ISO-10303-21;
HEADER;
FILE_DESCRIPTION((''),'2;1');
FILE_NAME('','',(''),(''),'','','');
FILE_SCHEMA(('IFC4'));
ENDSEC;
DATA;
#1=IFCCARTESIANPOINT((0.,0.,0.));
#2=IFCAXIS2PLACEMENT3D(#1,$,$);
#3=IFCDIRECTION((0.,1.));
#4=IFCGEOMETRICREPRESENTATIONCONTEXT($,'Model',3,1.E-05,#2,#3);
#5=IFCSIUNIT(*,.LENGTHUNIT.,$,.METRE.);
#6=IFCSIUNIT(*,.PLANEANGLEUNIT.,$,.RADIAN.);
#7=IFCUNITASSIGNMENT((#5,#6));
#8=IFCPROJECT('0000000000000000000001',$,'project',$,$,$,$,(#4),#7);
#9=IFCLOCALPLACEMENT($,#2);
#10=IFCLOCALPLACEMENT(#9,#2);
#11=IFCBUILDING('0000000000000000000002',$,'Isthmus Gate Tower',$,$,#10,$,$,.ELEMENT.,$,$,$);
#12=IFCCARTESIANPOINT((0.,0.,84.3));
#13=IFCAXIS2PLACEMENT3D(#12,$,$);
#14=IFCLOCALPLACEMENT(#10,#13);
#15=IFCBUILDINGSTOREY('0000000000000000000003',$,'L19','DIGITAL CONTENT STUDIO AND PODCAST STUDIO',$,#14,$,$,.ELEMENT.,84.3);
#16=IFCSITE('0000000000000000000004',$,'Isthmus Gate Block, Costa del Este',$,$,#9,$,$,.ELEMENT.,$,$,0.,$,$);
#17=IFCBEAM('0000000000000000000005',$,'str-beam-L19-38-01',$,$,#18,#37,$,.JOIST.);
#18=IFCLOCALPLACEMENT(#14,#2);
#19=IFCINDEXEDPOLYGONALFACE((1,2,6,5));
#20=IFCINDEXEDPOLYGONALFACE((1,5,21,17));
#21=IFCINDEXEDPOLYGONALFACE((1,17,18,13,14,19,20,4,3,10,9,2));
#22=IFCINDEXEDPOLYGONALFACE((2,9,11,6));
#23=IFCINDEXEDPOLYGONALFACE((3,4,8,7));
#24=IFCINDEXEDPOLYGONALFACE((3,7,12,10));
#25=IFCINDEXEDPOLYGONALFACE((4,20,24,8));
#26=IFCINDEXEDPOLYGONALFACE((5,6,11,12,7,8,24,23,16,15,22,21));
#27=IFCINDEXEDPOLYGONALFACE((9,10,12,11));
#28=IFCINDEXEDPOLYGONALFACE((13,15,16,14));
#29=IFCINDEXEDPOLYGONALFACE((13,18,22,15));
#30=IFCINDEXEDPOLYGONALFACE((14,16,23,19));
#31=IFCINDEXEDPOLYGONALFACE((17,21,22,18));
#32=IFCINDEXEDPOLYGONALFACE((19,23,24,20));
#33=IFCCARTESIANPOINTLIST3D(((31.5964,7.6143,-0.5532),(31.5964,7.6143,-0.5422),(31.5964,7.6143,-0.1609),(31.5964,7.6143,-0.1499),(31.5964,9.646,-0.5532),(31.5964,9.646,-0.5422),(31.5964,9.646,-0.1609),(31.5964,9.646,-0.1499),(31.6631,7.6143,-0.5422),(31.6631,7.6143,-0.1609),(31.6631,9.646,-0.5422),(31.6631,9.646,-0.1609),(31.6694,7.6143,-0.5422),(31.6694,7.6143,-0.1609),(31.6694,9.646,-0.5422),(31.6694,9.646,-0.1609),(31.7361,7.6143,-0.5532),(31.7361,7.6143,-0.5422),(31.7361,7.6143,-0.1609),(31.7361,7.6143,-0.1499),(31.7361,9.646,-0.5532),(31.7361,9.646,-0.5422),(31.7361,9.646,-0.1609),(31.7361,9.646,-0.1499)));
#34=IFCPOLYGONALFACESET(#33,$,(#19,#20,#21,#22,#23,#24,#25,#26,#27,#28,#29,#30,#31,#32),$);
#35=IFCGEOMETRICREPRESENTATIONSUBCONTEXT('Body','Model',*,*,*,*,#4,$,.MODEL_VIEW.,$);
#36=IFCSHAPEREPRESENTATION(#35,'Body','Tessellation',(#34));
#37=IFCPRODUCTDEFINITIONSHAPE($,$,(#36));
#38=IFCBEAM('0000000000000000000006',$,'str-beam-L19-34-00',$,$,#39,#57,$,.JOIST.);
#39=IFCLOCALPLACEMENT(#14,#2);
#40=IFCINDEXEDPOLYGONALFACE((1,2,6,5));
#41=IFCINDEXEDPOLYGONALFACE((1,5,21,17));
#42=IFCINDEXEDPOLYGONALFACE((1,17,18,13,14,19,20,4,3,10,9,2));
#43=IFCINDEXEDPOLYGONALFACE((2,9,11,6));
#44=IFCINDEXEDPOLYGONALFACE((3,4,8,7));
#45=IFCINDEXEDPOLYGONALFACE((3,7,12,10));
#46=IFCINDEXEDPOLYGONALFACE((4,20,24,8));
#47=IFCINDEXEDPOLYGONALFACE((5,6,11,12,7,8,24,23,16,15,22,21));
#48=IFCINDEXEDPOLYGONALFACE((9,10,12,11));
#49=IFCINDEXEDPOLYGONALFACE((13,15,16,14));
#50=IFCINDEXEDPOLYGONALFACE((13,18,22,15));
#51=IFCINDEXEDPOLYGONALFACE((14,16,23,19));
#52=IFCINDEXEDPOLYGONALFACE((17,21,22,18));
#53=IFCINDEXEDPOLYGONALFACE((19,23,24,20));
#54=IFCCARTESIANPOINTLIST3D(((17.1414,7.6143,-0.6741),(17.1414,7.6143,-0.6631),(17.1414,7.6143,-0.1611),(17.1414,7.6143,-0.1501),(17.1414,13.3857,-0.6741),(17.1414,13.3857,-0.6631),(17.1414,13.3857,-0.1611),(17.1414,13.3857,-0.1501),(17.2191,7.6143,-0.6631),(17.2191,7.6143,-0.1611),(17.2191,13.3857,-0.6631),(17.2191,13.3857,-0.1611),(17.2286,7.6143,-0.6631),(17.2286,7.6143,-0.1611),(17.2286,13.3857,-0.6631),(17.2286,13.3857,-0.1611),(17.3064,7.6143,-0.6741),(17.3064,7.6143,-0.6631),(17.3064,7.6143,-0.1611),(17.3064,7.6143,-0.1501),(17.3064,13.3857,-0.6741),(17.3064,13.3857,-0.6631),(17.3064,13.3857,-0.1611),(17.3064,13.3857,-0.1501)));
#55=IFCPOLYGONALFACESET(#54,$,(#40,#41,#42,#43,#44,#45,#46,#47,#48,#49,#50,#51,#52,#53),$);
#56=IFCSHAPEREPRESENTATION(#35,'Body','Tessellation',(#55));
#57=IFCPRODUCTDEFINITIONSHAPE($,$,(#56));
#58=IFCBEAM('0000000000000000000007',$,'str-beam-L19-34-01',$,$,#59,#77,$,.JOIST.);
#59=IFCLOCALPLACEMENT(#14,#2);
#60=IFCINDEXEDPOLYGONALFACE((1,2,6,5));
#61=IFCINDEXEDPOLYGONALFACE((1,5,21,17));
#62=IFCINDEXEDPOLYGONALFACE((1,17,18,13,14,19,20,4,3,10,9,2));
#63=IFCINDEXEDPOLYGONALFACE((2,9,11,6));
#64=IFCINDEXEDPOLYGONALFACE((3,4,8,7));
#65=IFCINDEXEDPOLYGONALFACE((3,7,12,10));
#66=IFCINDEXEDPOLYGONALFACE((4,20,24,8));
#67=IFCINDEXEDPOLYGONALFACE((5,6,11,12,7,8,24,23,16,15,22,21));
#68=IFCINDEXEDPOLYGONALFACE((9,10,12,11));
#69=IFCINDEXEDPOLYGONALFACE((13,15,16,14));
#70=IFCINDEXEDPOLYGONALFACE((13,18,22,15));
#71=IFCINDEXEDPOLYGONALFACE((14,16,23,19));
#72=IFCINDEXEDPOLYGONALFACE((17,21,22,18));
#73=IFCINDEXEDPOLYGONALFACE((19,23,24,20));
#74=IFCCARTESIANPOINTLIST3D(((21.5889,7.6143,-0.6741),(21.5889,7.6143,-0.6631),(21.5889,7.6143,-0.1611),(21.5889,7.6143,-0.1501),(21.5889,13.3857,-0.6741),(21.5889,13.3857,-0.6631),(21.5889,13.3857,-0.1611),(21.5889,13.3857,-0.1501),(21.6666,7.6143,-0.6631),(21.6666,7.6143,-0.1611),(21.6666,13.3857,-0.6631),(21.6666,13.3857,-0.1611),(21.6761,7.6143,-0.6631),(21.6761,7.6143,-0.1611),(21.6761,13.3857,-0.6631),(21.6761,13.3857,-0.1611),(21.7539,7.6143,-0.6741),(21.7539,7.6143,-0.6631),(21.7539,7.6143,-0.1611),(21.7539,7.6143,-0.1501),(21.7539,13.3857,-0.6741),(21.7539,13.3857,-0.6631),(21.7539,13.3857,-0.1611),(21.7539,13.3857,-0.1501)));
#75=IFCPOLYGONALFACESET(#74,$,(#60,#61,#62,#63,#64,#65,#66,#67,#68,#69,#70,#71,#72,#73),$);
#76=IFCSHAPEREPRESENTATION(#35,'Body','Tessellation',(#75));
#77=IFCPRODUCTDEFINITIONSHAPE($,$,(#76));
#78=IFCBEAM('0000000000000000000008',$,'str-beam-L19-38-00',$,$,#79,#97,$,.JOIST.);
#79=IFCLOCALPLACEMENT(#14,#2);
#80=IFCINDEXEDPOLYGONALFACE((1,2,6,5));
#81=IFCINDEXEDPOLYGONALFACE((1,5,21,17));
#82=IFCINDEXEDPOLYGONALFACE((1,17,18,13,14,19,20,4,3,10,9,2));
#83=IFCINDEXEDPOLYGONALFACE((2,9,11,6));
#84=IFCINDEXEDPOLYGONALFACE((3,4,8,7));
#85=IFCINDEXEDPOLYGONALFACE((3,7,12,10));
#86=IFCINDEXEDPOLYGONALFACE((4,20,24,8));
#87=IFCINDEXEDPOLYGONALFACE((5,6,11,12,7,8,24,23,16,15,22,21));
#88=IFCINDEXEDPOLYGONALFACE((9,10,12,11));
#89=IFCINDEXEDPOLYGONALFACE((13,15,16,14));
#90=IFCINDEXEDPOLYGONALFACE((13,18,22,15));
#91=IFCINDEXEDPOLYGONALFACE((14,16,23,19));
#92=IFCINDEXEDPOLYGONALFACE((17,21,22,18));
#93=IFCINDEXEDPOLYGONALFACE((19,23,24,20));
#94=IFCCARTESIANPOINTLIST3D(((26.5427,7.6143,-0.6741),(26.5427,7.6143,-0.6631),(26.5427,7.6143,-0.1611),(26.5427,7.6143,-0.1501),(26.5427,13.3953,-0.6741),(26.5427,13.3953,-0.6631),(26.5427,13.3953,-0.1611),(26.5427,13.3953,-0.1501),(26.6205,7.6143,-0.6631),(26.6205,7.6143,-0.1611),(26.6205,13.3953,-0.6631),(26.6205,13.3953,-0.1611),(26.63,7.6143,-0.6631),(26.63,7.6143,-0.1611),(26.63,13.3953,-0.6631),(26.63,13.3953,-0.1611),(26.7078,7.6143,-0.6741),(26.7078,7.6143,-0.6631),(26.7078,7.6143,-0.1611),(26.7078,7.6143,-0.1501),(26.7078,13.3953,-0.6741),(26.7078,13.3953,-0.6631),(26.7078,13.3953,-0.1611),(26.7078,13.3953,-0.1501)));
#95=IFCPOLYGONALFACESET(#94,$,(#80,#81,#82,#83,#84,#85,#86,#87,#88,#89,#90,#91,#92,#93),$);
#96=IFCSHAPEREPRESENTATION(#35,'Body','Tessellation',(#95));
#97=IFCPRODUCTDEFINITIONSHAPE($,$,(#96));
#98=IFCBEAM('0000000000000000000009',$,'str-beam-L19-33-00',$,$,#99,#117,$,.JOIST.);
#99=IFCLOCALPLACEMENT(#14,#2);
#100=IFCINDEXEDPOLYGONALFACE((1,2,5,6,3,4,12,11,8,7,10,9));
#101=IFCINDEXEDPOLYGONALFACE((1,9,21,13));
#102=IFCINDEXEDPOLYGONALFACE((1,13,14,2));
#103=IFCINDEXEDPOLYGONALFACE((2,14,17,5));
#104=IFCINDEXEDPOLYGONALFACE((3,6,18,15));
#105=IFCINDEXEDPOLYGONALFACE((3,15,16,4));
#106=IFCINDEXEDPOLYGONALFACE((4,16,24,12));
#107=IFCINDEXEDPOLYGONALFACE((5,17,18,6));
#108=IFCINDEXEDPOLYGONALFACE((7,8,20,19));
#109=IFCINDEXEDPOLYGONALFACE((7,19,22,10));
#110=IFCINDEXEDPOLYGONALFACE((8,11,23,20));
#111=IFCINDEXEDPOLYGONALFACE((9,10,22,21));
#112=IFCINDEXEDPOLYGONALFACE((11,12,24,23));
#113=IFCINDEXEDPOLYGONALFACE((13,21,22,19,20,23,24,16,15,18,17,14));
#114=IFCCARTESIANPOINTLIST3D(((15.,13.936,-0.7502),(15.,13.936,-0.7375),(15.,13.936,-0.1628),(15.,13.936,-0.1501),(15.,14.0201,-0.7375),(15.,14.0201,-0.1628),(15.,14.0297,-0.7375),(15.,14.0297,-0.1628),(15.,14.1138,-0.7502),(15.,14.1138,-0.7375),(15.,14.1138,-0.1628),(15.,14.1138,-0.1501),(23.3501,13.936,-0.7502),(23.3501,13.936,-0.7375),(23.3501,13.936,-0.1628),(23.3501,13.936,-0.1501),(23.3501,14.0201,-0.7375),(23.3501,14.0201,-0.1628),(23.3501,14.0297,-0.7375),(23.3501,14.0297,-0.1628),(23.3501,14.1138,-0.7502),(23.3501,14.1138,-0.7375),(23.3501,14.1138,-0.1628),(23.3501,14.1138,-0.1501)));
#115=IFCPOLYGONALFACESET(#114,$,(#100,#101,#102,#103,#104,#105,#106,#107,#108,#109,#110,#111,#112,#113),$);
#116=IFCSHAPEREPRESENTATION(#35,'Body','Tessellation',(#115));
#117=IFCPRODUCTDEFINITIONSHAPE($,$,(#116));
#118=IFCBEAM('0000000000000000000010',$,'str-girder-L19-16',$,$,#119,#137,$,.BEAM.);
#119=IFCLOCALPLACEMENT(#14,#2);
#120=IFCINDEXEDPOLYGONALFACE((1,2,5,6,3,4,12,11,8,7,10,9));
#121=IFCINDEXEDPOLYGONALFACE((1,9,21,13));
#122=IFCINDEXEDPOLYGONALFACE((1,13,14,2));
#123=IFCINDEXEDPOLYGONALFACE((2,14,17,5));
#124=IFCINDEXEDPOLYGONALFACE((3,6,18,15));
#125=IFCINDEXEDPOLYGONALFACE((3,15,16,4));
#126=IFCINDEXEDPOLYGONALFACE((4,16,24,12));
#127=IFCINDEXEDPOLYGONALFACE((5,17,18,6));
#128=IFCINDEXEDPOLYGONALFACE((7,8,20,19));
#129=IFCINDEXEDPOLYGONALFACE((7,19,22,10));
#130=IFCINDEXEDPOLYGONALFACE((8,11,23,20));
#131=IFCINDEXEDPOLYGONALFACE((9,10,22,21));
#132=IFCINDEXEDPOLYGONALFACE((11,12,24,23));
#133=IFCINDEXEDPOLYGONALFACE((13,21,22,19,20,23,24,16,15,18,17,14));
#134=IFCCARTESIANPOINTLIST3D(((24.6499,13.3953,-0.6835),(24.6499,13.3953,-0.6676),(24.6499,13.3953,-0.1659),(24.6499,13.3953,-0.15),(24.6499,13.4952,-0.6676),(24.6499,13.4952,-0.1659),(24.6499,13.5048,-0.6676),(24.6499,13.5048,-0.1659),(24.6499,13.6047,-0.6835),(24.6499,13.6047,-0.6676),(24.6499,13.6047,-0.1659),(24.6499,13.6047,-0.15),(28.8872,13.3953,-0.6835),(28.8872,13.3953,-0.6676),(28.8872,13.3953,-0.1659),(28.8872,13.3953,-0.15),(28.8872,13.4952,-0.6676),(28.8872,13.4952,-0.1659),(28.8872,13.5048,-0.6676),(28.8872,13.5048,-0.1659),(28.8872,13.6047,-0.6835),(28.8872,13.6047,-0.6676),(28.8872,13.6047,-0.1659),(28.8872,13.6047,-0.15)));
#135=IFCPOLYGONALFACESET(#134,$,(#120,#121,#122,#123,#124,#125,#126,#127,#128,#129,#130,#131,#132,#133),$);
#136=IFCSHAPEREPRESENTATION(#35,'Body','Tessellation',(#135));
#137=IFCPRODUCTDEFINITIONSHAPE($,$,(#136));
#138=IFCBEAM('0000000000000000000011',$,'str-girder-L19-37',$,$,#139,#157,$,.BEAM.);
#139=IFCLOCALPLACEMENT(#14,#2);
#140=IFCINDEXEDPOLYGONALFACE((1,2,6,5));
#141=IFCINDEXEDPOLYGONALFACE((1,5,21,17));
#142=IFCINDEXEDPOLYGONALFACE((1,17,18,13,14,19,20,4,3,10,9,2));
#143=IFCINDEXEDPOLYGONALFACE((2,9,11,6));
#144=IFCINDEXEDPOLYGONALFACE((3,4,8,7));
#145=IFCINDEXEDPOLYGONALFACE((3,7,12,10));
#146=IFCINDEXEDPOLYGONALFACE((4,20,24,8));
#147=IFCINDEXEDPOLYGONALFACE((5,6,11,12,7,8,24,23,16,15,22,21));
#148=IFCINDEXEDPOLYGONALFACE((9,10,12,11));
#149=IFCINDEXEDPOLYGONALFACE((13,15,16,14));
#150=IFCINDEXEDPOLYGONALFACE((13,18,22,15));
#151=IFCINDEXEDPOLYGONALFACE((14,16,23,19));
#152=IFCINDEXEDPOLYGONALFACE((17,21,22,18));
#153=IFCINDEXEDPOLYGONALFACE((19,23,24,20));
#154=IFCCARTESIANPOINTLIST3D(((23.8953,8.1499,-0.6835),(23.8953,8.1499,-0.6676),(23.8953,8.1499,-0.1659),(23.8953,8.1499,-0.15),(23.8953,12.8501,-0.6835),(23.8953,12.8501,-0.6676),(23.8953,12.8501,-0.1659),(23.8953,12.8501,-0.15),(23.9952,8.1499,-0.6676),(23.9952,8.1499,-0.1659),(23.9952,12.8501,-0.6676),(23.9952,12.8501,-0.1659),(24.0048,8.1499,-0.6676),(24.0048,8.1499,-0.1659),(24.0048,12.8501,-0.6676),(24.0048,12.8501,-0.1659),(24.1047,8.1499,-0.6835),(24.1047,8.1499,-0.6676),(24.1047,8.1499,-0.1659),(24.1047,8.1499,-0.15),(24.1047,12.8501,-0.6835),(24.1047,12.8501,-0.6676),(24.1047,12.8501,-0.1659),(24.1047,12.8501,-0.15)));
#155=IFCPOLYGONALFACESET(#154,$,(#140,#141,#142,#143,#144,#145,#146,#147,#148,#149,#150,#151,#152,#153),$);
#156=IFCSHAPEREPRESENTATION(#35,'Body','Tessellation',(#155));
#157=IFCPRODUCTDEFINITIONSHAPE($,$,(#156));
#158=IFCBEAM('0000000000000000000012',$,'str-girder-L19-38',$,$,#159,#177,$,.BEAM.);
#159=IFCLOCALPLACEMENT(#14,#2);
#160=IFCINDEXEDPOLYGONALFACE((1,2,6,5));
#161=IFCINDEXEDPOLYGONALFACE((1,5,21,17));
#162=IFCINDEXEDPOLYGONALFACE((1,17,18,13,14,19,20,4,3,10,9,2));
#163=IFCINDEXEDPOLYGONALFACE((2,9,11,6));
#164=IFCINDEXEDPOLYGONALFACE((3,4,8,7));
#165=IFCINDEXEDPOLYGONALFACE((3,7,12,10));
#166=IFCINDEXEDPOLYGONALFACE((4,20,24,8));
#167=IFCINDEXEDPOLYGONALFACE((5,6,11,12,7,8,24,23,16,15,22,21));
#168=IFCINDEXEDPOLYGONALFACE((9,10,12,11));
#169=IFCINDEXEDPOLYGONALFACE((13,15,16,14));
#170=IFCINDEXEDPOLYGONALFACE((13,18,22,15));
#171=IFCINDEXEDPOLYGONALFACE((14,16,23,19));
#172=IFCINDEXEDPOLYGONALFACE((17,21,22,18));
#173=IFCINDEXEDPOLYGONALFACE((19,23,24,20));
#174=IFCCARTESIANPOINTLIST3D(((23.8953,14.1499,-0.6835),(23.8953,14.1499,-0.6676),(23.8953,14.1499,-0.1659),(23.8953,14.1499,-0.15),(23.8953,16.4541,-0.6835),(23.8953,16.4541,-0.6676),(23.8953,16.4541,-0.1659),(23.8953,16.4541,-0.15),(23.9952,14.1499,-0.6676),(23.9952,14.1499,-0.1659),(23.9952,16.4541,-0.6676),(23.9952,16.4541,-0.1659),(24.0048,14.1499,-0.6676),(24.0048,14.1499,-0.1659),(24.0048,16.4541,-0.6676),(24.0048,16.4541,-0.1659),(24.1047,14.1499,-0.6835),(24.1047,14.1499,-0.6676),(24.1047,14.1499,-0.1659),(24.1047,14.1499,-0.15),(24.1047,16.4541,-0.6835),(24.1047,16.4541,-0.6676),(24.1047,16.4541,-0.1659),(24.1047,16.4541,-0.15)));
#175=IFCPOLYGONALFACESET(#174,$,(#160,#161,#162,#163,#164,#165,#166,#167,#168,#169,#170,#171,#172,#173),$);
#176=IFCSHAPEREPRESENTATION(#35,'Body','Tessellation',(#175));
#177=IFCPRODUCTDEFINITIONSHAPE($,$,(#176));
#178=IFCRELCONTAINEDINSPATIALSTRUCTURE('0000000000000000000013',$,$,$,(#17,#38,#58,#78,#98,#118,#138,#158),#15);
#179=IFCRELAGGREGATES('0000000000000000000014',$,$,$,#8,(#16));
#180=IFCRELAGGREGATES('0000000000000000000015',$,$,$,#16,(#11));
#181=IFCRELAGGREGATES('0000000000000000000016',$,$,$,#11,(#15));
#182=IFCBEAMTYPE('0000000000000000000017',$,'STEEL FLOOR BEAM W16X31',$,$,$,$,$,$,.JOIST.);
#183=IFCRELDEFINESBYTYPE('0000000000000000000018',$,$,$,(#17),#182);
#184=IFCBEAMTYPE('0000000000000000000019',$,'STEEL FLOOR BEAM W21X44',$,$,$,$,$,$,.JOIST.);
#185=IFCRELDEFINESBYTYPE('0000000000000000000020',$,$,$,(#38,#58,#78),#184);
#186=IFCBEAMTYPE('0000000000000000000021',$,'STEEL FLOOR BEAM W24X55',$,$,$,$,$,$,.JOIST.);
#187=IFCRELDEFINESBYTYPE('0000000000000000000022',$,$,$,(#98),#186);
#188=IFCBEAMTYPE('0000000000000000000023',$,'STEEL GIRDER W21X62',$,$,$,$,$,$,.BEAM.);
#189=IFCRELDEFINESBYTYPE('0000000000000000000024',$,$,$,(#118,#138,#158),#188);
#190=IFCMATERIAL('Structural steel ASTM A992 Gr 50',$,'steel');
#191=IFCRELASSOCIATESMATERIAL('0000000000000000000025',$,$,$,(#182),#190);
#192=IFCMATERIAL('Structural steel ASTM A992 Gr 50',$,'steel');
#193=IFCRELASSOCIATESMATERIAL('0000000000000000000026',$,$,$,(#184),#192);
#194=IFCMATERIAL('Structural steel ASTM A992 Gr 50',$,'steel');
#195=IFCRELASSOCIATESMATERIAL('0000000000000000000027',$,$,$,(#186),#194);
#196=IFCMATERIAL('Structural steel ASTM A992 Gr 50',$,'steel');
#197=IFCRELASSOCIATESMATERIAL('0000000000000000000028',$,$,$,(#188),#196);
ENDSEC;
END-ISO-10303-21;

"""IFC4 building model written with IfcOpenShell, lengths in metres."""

from ifc_helpers import new_model, si_unit, direction, frame, origin, origin_2d, place, context, subcontext, project, spatial, i_section, extrude, material, material_profile, profile_set, type_object, element, save


model = new_model("IFC4")

# Units and contexts
model_context = context("Model", 3, precision=1e-05, world=origin(), true_north=direction((0.0, 1.0)))
body_context = subcontext(model_context, "Body", "Model", "MODEL_VIEW")
ifc_project = project(units=[si_unit("LENGTHUNIT", "METRE"), si_unit("PLANEANGLEUNIT", "RADIAN")], contexts=[model_context])

# Site, building, storey
site_placement = place(None, origin())
site = spatial("IfcSite", under=ifc_project, at=site_placement, Name="Isthmus Gate Block, Costa del Este", CompositionType="ELEMENT", RefElevation=0.0)
building_placement = place(site_placement, origin())
building = spatial("IfcBuilding", under=site, at=building_placement, Name="Isthmus Gate Tower", CompositionType="ELEMENT")
storey_placement = place(building_placement, frame((0.0, 0.0, 84.3)))
storey = spatial("IfcBuildingStorey", under=building, at=storey_placement, Name="L19", Description="DIGITAL CONTENT STUDIO AND PODCAST STUDIO", CompositionType="ELEMENT", Elevation=84.3)

# Beams
ifc_material_1 = material(Name="Structural steel ASTM A992 Gr 50", Category="steel")
ifc_material_profile_1 = material_profile(ifc_material_1, i_section(OverallWidth=0.1396, OverallDepth=0.4033, WebThickness=0.0063, FlangeThickness=0.011, at=origin_2d()), Name="W16X31")
ifc_profile_set_1 = profile_set([ifc_material_profile_1], Name="Structural steel ASTM A992 Gr 50")
beam_type_1 = type_object("IfcBeamType", Name="STEEL FLOOR BEAM W16X31", PredefinedType="JOIST", material=ifc_profile_set_1)
beam_1_placement = place(storey_placement, frame((31.6663, 7.6143, -0.3516), z_axis=(0.0, 1.0, 0.0), x_axis=(-1.0, 0.0, 0.0)))
element("IfcBeam", 1, at=beam_1_placement, inside=storey, type_object=beam_type_1, Name="str-beam-L19-38-01", PredefinedType="JOIST", context=body_context, shape_type="SweptSolid", body=[
    extrude(i_section(OverallWidth=0.1396, OverallDepth=0.4033, WebThickness=0.0063, FlangeThickness=0.011, at=origin_2d()), origin(), (0.0, 0.0, 1.0), 2.0317),
])
ifc_material_2 = material(Name="Structural steel ASTM A992 Gr 50", Category="steel")
ifc_material_profile_2 = material_profile(ifc_material_2, i_section(OverallWidth=0.165, OverallDepth=0.5239, WebThickness=0.0095, FlangeThickness=0.011, at=origin_2d()), Name="W21X44")
ifc_profile_set_2 = profile_set([ifc_material_profile_2], Name="Structural steel ASTM A992 Gr 50")
beam_type_2 = type_object("IfcBeamType", Name="STEEL FLOOR BEAM W21X44", PredefinedType="JOIST", material=ifc_profile_set_2)
for number, where, z_axis, x_axis, name in (
    (2, (17.2239, 7.6143, -0.4121), (0.0, 1.0, 0.0), (-1.0, 0.0, 0.0), "str-beam-L19-34-00"),
    (3, (21.6714, 7.6143, -0.4121), (0.0, 1.0, 0.0), (-1.0, 0.0, 0.0), "str-beam-L19-34-01"),
):
    element("IfcBeam", number, at=place(storey_placement, frame(where, z_axis=z_axis, x_axis=x_axis)), inside=storey, type_object=beam_type_2, Name=name, PredefinedType="JOIST", context=body_context, shape_type="SweptSolid", body=[
        extrude(i_section(OverallWidth=0.165, OverallDepth=0.5239, WebThickness=0.0095, FlangeThickness=0.011, at=origin_2d()), origin(), (0.0, 0.0, 1.0), 5.7715),
    ])
beam_2_placement = place(storey_placement, frame((26.6252, 7.6143, -0.4121), z_axis=(0.0, 1.0, 0.0), x_axis=(-1.0, 0.0, 0.0)))
element("IfcBeam", 4, at=beam_2_placement, inside=storey, type_object=beam_type_2, Name="str-beam-L19-38-00", PredefinedType="JOIST", context=body_context, shape_type="SweptSolid", body=[
    extrude(i_section(OverallWidth=0.165, OverallDepth=0.5239, WebThickness=0.0095, FlangeThickness=0.011, at=origin_2d()), origin(), (0.0, 0.0, 1.0), 5.781),
])
ifc_material_3 = material(Name="Structural steel ASTM A992 Gr 50", Category="steel")
ifc_material_profile_3 = material_profile(ifc_material_3, i_section(OverallWidth=0.1777, OverallDepth=0.6001, WebThickness=0.0095, FlangeThickness=0.0127, at=origin_2d()), Name="W24X55")
ifc_profile_set_3 = profile_set([ifc_material_profile_3], Name="Structural steel ASTM A992 Gr 50")
beam_type_3 = type_object("IfcBeamType", Name="STEEL FLOOR BEAM W24X55", PredefinedType="JOIST", material=ifc_profile_set_3)
beam_3_placement = place(storey_placement, frame((15.0, 14.0249, -0.4502), z_axis=(1.0, 0.0, 0.0), x_axis=(0.0, 1.0, 0.0)))
element("IfcBeam", 5, at=beam_3_placement, inside=storey, type_object=beam_type_3, Name="str-beam-L19-33-00", PredefinedType="JOIST", context=body_context, shape_type="SweptSolid", body=[
    extrude(i_section(OverallWidth=0.1777, OverallDepth=0.6001, WebThickness=0.0095, FlangeThickness=0.0127, at=origin_2d()), origin(), (0.0, 0.0, 1.0), 8.3501),
])
ifc_material_4 = material(Name="Structural steel ASTM A992 Gr 50", Category="steel")
ifc_material_profile_4 = material_profile(ifc_material_4, i_section(OverallWidth=0.2095, OverallDepth=0.5334, WebThickness=0.0095, FlangeThickness=0.0159, at=origin_2d()), Name="W21X62")
ifc_profile_set_4 = profile_set([ifc_material_profile_4], Name="Structural steel ASTM A992 Gr 50")
beam_type_4 = type_object("IfcBeamType", Name="STEEL GIRDER W21X62", PredefinedType="BEAM", material=ifc_profile_set_4)
beam_4_placement = place(storey_placement, frame((24.6499, 13.5, -0.4167), z_axis=(1.0, 0.0, 0.0), x_axis=(0.0, 1.0, 0.0)))
element("IfcBeam", 6, at=beam_4_placement, inside=storey, type_object=beam_type_4, Name="str-girder-L19-16", PredefinedType="BEAM", context=body_context, shape_type="SweptSolid", body=[
    extrude(i_section(OverallWidth=0.2095, OverallDepth=0.5334, WebThickness=0.0095, FlangeThickness=0.0159, at=origin_2d()), origin(), (0.0, 0.0, 1.0), 4.2373),
])
beam_5_placement = place(storey_placement, frame((24.0, 8.1499, -0.4167), z_axis=(0.0, 1.0, 0.0), x_axis=(-1.0, 0.0, 0.0)))
element("IfcBeam", 7, at=beam_5_placement, inside=storey, type_object=beam_type_4, Name="str-girder-L19-37", PredefinedType="BEAM", context=body_context, shape_type="SweptSolid", body=[
    extrude(i_section(OverallWidth=0.2095, OverallDepth=0.5334, WebThickness=0.0095, FlangeThickness=0.0159, at=origin_2d()), origin(), (0.0, 0.0, 1.0), 4.7002),
])
beam_6_placement = place(storey_placement, frame((24.0, 14.1499, -0.4167), z_axis=(0.0, 1.0, 0.0), x_axis=(-1.0, 0.0, 0.0)))
element("IfcBeam", 8, at=beam_6_placement, inside=storey, type_object=beam_type_4, Name="str-girder-L19-38", PredefinedType="BEAM", context=body_context, shape_type="SweptSolid", body=[
    extrude(i_section(OverallWidth=0.2095, OverallDepth=0.5334, WebThickness=0.0095, FlangeThickness=0.0159, at=origin_2d()), origin(), (0.0, 0.0, 1.0), 2.3042),
])

save(model, "model.ifc")
